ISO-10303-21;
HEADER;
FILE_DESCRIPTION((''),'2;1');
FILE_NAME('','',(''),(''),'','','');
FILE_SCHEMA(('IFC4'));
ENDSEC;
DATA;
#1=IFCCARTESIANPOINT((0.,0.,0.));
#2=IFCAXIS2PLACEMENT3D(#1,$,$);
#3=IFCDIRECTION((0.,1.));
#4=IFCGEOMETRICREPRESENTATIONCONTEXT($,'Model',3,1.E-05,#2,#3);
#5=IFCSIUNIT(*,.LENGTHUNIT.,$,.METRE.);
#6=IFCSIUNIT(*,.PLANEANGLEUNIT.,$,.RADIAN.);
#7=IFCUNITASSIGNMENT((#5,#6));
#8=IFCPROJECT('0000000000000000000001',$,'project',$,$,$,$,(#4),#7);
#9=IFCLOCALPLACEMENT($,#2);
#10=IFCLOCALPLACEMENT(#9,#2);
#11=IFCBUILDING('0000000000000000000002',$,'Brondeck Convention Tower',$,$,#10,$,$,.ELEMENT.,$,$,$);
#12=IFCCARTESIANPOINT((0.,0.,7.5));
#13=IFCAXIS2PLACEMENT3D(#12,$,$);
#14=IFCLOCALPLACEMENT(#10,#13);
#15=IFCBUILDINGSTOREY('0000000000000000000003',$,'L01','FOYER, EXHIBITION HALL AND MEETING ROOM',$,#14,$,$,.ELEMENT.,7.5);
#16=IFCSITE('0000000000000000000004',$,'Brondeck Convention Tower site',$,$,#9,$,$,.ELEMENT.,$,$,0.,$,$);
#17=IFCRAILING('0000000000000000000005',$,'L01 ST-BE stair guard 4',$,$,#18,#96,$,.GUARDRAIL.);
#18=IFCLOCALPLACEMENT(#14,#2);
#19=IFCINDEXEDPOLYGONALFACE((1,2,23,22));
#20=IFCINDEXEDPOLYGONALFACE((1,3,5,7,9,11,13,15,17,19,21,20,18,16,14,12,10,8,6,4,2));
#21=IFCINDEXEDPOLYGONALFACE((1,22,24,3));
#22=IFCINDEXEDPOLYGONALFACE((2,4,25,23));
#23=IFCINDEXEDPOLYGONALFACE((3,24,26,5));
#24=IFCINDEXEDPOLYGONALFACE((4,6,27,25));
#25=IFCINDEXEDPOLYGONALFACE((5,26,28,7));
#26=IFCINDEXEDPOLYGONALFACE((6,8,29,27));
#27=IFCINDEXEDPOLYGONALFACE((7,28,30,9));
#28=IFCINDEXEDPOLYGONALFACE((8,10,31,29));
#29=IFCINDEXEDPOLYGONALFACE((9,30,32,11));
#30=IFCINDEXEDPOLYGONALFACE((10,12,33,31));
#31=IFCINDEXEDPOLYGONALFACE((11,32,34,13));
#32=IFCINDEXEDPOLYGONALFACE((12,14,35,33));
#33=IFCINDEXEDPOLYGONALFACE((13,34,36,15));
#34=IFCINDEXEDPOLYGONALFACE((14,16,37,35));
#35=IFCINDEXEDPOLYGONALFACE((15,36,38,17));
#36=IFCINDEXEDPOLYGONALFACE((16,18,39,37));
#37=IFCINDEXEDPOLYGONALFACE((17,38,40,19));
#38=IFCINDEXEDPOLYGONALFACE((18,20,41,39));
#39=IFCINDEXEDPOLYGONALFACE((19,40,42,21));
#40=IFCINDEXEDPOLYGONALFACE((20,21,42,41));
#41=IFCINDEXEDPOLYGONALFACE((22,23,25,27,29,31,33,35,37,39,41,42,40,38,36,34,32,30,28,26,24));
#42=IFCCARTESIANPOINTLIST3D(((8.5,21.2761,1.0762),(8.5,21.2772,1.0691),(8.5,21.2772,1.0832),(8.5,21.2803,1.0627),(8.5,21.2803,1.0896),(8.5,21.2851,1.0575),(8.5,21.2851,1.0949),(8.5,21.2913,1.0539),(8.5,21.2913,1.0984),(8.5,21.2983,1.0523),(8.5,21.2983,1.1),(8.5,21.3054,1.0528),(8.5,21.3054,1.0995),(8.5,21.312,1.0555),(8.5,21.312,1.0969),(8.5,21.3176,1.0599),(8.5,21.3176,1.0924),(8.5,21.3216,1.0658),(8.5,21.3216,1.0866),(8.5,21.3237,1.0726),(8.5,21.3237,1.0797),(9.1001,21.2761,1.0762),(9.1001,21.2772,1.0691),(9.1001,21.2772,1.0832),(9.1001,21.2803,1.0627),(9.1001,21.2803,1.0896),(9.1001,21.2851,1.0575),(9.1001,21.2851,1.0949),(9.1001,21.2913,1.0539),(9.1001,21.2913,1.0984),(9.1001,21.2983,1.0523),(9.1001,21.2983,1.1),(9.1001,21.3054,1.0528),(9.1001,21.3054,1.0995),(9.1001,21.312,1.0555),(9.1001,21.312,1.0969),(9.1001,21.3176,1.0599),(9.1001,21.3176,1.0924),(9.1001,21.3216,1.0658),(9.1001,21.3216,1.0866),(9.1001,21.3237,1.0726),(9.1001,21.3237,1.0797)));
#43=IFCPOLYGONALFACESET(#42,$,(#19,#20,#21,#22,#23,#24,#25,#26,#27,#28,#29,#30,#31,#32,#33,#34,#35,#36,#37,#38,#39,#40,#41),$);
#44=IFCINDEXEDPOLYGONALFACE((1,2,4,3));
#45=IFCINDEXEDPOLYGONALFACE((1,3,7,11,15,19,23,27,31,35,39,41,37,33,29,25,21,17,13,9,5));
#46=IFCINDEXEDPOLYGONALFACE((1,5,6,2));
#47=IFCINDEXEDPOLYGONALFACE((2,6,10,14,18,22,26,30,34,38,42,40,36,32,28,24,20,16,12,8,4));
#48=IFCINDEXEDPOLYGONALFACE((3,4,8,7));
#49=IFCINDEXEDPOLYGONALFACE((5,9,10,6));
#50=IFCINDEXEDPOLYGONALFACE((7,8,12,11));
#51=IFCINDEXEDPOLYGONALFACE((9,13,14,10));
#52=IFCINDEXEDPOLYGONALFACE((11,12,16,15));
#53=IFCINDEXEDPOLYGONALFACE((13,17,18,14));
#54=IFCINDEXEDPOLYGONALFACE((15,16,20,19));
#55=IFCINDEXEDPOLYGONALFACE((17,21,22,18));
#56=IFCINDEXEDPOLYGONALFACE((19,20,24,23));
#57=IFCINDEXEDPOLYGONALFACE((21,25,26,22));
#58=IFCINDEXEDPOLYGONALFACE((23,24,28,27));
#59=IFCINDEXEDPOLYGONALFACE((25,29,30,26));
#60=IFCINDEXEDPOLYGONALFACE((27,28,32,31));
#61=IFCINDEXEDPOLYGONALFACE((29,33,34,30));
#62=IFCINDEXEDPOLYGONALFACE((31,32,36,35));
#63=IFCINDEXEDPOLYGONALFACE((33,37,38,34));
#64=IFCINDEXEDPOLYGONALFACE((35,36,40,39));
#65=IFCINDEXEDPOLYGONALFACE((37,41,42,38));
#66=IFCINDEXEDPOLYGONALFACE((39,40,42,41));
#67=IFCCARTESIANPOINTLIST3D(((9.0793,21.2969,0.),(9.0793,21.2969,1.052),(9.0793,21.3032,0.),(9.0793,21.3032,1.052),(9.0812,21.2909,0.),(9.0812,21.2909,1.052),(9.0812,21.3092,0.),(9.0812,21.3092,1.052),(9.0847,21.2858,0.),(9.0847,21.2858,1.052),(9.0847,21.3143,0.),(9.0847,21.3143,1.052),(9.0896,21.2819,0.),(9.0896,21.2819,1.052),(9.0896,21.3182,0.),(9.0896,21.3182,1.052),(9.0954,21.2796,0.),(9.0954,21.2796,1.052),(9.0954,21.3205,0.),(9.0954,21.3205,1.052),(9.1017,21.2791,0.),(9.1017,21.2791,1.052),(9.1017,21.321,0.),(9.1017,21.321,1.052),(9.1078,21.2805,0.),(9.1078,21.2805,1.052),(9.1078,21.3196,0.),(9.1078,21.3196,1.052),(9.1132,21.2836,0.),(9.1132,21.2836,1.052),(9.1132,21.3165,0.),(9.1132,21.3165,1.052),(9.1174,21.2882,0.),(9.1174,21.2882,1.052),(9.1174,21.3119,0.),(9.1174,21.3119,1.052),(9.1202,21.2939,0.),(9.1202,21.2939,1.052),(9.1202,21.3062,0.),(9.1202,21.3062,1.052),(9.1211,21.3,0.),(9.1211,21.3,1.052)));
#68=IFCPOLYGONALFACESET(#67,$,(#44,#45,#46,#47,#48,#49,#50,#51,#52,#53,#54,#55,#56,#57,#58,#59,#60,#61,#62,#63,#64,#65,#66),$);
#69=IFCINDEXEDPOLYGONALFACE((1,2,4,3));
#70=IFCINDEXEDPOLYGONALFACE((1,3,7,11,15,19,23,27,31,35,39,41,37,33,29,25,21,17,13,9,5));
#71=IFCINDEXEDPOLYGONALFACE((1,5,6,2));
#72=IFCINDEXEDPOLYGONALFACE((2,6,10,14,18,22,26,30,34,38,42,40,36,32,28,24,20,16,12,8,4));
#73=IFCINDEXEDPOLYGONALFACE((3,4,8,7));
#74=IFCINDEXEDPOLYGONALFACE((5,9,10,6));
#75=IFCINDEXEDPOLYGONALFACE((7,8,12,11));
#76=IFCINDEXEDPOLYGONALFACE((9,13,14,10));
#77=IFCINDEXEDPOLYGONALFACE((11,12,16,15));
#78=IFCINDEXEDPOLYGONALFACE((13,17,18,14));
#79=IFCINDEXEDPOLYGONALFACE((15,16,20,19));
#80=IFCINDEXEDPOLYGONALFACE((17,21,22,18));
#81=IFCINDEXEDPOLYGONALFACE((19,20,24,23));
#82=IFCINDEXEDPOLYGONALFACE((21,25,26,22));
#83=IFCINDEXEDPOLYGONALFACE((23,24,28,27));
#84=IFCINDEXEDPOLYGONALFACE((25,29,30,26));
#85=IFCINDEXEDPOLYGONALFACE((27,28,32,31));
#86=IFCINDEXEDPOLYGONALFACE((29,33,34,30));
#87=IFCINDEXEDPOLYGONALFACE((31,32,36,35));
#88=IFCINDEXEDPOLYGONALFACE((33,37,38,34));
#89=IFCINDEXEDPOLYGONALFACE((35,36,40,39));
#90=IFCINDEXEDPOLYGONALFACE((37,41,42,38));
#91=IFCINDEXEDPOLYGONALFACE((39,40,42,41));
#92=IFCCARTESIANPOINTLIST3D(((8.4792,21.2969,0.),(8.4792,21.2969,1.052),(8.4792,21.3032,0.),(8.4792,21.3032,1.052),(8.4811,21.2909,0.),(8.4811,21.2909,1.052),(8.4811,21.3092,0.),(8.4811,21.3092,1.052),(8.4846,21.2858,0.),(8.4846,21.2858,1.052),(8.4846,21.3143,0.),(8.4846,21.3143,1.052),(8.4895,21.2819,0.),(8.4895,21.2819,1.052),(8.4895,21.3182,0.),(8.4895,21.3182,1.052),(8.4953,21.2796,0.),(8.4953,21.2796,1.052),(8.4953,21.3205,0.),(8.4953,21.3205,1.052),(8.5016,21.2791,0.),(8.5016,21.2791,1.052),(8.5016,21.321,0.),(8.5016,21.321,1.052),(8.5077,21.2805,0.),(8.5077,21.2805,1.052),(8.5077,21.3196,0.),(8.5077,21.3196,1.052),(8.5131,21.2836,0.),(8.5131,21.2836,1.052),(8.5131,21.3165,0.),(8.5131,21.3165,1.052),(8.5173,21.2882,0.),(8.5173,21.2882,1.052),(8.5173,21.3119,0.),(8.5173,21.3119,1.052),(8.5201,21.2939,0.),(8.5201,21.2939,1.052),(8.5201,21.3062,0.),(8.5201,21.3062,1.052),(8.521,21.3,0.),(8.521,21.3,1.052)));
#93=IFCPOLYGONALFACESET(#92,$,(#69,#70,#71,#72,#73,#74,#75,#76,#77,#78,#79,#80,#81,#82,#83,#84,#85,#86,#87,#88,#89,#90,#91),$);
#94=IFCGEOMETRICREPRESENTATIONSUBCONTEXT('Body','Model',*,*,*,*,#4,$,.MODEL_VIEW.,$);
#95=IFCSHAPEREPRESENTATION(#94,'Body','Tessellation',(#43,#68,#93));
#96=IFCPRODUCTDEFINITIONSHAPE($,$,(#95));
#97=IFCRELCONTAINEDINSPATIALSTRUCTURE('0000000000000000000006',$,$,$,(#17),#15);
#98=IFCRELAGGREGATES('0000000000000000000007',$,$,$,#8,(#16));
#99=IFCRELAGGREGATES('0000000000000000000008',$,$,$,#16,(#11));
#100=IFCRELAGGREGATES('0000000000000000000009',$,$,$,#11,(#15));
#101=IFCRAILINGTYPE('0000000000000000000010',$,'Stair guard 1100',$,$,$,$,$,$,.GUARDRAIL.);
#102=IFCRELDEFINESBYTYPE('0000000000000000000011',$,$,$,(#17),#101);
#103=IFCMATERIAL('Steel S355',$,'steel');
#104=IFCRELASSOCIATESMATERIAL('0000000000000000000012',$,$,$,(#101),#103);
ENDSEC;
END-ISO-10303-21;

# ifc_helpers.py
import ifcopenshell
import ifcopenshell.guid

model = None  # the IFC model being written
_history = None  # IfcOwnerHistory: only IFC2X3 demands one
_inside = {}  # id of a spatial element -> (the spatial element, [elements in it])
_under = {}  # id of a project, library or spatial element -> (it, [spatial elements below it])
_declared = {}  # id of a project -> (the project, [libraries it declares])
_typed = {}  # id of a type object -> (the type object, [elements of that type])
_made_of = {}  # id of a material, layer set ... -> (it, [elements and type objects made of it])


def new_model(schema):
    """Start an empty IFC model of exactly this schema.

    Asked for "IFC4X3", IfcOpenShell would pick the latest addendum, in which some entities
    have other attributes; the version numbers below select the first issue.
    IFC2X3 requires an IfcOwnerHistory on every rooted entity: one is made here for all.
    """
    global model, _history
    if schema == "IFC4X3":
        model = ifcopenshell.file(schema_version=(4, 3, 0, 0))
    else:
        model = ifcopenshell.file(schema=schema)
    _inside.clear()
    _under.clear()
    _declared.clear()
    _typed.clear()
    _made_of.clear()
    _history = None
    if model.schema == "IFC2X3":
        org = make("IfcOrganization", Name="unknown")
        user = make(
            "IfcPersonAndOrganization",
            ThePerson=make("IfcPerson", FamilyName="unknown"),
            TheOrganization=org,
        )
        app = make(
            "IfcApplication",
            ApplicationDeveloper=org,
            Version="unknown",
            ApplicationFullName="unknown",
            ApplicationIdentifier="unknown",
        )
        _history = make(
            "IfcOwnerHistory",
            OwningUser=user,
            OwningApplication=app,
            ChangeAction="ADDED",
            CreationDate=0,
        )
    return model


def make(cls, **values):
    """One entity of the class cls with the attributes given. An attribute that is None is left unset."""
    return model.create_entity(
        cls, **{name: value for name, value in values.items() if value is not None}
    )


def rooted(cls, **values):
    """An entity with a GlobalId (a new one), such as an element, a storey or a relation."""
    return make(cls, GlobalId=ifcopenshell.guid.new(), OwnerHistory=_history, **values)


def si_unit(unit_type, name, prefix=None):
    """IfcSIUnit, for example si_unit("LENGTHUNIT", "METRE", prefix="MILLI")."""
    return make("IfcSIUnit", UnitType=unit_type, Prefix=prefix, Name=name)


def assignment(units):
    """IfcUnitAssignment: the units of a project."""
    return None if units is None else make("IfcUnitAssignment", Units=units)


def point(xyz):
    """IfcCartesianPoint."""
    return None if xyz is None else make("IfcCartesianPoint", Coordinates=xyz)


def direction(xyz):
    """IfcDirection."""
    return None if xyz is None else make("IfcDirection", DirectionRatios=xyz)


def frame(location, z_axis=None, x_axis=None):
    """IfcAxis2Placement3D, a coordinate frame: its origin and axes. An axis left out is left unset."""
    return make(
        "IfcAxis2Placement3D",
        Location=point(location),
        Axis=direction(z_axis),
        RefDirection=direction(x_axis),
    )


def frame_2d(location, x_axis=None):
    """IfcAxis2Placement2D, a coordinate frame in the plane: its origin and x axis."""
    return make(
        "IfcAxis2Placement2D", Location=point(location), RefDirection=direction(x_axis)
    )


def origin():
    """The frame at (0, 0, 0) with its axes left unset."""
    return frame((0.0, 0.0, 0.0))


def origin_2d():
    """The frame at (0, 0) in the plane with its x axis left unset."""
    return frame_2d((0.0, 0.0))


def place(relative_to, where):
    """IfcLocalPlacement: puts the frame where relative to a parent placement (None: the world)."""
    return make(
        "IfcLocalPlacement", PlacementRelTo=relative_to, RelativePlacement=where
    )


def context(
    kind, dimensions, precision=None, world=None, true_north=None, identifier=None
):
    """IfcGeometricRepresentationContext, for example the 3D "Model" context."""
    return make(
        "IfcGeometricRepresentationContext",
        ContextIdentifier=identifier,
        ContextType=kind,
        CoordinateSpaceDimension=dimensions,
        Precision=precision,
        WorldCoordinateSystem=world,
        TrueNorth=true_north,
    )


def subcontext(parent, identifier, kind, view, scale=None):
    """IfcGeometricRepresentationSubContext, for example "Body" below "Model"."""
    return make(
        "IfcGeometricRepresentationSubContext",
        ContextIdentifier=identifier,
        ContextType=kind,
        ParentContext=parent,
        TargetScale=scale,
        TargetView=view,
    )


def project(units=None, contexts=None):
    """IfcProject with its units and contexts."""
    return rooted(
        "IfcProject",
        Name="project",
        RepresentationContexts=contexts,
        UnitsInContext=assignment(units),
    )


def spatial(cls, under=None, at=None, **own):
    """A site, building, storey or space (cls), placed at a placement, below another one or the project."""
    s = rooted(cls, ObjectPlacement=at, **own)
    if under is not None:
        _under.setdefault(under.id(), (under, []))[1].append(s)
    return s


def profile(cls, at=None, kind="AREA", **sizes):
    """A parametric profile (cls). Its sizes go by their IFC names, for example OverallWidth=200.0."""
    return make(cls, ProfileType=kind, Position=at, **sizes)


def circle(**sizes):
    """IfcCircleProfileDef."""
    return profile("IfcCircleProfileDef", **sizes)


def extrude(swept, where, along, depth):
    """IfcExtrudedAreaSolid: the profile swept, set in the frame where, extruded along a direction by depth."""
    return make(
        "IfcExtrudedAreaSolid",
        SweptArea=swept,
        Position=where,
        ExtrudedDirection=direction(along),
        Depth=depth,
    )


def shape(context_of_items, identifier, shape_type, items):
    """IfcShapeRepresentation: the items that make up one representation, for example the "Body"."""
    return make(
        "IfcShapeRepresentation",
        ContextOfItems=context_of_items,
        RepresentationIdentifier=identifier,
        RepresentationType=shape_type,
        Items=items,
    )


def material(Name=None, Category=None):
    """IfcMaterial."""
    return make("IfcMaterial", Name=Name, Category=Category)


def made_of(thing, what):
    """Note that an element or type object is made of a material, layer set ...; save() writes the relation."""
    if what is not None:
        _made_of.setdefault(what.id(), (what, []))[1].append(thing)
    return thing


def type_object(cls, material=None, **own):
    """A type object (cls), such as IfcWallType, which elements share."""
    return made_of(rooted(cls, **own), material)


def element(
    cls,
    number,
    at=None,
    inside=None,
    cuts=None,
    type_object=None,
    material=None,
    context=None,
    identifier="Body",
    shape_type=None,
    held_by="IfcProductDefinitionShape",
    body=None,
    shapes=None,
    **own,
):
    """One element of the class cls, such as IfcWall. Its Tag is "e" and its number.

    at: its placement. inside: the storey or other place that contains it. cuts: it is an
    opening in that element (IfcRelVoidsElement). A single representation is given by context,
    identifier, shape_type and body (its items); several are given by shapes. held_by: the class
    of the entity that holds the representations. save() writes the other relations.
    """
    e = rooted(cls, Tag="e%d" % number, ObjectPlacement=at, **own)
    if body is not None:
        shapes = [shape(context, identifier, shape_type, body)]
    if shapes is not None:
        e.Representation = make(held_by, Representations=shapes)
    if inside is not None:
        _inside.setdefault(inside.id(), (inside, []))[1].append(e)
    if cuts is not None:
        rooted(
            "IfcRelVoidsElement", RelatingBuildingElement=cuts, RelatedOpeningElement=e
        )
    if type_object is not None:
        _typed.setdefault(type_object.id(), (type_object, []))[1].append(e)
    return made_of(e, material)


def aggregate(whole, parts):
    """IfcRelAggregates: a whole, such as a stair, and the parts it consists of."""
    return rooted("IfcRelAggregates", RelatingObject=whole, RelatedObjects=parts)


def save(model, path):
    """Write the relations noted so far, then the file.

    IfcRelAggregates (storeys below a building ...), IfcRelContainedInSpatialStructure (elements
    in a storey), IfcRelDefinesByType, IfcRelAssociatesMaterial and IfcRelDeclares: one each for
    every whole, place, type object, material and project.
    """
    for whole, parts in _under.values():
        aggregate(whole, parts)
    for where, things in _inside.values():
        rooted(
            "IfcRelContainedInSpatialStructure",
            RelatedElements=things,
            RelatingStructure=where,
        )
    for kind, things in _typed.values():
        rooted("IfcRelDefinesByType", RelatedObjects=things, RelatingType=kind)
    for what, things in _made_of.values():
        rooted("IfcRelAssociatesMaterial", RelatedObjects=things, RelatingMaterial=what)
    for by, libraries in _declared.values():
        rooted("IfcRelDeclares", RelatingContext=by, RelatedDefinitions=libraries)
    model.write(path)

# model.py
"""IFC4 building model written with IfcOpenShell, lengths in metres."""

from ifc_helpers import new_model, si_unit, direction, frame, origin, origin_2d, place, context, subcontext, project, spatial, circle, extrude, material, type_object, element, save


model = new_model("IFC4")

# Units and contexts
model_context = context("Model", 3, precision=1e-05, world=origin(), true_north=direction((0.0, 1.0)))
body_context = subcontext(model_context, "Body", "Model", "MODEL_VIEW")
ifc_project = project(units=[si_unit("LENGTHUNIT", "METRE"), si_unit("PLANEANGLEUNIT", "RADIAN")], contexts=[model_context])

# Site, building, storey
site_placement = place(None, origin())
site = spatial("IfcSite", under=ifc_project, at=site_placement, Name="Brondeck Convention Tower site", CompositionType="ELEMENT", RefElevation=0.0)
building_placement = place(site_placement, origin())
building = spatial("IfcBuilding", under=site, at=building_placement, Name="Brondeck Convention Tower", CompositionType="ELEMENT")
storey_placement = place(building_placement, frame((0.0, 0.0, 7.5)))
storey = spatial("IfcBuildingStorey", under=building, at=storey_placement, Name="L01", Description="FOYER, EXHIBITION HALL AND MEETING ROOM", CompositionType="ELEMENT", Elevation=7.5)

# Shared definitions
ifc_material_1 = material(Name="Steel S355", Category="steel")

# Railing
railing_type_1 = type_object("IfcRailingType", Name="Stair guard 1100", PredefinedType="GUARDRAIL", material=ifc_material_1)
railing_1_placement = place(storey_placement, frame((9.1001, 21.3, 0.0)))
element("IfcRailing", 1, at=railing_1_placement, inside=storey, type_object=railing_type_1, Name="L01 ST-BE stair guard 4", PredefinedType="GUARDRAIL", context=body_context, shape_type="SweptSolid", body=[
    extrude(circle(Radius=0.0239, at=origin_2d()), frame((0.0, 0.0, 1.0762), z_axis=(-1.0, 0.0, 0.0), x_axis=(0.0, -1.0, 0.0)), (0.0, 0.0, 1.0), 0.6001),
    extrude(circle(Radius=0.021, at=origin_2d()), origin(), (0.0, 0.0, 1.0), 1.052),
    extrude(circle(Radius=0.021, at=origin_2d()), frame((-0.6001, 0.0, 0.0)), (0.0, 0.0, 1.0), 1.052),
])

save(model, "model.ifc")
